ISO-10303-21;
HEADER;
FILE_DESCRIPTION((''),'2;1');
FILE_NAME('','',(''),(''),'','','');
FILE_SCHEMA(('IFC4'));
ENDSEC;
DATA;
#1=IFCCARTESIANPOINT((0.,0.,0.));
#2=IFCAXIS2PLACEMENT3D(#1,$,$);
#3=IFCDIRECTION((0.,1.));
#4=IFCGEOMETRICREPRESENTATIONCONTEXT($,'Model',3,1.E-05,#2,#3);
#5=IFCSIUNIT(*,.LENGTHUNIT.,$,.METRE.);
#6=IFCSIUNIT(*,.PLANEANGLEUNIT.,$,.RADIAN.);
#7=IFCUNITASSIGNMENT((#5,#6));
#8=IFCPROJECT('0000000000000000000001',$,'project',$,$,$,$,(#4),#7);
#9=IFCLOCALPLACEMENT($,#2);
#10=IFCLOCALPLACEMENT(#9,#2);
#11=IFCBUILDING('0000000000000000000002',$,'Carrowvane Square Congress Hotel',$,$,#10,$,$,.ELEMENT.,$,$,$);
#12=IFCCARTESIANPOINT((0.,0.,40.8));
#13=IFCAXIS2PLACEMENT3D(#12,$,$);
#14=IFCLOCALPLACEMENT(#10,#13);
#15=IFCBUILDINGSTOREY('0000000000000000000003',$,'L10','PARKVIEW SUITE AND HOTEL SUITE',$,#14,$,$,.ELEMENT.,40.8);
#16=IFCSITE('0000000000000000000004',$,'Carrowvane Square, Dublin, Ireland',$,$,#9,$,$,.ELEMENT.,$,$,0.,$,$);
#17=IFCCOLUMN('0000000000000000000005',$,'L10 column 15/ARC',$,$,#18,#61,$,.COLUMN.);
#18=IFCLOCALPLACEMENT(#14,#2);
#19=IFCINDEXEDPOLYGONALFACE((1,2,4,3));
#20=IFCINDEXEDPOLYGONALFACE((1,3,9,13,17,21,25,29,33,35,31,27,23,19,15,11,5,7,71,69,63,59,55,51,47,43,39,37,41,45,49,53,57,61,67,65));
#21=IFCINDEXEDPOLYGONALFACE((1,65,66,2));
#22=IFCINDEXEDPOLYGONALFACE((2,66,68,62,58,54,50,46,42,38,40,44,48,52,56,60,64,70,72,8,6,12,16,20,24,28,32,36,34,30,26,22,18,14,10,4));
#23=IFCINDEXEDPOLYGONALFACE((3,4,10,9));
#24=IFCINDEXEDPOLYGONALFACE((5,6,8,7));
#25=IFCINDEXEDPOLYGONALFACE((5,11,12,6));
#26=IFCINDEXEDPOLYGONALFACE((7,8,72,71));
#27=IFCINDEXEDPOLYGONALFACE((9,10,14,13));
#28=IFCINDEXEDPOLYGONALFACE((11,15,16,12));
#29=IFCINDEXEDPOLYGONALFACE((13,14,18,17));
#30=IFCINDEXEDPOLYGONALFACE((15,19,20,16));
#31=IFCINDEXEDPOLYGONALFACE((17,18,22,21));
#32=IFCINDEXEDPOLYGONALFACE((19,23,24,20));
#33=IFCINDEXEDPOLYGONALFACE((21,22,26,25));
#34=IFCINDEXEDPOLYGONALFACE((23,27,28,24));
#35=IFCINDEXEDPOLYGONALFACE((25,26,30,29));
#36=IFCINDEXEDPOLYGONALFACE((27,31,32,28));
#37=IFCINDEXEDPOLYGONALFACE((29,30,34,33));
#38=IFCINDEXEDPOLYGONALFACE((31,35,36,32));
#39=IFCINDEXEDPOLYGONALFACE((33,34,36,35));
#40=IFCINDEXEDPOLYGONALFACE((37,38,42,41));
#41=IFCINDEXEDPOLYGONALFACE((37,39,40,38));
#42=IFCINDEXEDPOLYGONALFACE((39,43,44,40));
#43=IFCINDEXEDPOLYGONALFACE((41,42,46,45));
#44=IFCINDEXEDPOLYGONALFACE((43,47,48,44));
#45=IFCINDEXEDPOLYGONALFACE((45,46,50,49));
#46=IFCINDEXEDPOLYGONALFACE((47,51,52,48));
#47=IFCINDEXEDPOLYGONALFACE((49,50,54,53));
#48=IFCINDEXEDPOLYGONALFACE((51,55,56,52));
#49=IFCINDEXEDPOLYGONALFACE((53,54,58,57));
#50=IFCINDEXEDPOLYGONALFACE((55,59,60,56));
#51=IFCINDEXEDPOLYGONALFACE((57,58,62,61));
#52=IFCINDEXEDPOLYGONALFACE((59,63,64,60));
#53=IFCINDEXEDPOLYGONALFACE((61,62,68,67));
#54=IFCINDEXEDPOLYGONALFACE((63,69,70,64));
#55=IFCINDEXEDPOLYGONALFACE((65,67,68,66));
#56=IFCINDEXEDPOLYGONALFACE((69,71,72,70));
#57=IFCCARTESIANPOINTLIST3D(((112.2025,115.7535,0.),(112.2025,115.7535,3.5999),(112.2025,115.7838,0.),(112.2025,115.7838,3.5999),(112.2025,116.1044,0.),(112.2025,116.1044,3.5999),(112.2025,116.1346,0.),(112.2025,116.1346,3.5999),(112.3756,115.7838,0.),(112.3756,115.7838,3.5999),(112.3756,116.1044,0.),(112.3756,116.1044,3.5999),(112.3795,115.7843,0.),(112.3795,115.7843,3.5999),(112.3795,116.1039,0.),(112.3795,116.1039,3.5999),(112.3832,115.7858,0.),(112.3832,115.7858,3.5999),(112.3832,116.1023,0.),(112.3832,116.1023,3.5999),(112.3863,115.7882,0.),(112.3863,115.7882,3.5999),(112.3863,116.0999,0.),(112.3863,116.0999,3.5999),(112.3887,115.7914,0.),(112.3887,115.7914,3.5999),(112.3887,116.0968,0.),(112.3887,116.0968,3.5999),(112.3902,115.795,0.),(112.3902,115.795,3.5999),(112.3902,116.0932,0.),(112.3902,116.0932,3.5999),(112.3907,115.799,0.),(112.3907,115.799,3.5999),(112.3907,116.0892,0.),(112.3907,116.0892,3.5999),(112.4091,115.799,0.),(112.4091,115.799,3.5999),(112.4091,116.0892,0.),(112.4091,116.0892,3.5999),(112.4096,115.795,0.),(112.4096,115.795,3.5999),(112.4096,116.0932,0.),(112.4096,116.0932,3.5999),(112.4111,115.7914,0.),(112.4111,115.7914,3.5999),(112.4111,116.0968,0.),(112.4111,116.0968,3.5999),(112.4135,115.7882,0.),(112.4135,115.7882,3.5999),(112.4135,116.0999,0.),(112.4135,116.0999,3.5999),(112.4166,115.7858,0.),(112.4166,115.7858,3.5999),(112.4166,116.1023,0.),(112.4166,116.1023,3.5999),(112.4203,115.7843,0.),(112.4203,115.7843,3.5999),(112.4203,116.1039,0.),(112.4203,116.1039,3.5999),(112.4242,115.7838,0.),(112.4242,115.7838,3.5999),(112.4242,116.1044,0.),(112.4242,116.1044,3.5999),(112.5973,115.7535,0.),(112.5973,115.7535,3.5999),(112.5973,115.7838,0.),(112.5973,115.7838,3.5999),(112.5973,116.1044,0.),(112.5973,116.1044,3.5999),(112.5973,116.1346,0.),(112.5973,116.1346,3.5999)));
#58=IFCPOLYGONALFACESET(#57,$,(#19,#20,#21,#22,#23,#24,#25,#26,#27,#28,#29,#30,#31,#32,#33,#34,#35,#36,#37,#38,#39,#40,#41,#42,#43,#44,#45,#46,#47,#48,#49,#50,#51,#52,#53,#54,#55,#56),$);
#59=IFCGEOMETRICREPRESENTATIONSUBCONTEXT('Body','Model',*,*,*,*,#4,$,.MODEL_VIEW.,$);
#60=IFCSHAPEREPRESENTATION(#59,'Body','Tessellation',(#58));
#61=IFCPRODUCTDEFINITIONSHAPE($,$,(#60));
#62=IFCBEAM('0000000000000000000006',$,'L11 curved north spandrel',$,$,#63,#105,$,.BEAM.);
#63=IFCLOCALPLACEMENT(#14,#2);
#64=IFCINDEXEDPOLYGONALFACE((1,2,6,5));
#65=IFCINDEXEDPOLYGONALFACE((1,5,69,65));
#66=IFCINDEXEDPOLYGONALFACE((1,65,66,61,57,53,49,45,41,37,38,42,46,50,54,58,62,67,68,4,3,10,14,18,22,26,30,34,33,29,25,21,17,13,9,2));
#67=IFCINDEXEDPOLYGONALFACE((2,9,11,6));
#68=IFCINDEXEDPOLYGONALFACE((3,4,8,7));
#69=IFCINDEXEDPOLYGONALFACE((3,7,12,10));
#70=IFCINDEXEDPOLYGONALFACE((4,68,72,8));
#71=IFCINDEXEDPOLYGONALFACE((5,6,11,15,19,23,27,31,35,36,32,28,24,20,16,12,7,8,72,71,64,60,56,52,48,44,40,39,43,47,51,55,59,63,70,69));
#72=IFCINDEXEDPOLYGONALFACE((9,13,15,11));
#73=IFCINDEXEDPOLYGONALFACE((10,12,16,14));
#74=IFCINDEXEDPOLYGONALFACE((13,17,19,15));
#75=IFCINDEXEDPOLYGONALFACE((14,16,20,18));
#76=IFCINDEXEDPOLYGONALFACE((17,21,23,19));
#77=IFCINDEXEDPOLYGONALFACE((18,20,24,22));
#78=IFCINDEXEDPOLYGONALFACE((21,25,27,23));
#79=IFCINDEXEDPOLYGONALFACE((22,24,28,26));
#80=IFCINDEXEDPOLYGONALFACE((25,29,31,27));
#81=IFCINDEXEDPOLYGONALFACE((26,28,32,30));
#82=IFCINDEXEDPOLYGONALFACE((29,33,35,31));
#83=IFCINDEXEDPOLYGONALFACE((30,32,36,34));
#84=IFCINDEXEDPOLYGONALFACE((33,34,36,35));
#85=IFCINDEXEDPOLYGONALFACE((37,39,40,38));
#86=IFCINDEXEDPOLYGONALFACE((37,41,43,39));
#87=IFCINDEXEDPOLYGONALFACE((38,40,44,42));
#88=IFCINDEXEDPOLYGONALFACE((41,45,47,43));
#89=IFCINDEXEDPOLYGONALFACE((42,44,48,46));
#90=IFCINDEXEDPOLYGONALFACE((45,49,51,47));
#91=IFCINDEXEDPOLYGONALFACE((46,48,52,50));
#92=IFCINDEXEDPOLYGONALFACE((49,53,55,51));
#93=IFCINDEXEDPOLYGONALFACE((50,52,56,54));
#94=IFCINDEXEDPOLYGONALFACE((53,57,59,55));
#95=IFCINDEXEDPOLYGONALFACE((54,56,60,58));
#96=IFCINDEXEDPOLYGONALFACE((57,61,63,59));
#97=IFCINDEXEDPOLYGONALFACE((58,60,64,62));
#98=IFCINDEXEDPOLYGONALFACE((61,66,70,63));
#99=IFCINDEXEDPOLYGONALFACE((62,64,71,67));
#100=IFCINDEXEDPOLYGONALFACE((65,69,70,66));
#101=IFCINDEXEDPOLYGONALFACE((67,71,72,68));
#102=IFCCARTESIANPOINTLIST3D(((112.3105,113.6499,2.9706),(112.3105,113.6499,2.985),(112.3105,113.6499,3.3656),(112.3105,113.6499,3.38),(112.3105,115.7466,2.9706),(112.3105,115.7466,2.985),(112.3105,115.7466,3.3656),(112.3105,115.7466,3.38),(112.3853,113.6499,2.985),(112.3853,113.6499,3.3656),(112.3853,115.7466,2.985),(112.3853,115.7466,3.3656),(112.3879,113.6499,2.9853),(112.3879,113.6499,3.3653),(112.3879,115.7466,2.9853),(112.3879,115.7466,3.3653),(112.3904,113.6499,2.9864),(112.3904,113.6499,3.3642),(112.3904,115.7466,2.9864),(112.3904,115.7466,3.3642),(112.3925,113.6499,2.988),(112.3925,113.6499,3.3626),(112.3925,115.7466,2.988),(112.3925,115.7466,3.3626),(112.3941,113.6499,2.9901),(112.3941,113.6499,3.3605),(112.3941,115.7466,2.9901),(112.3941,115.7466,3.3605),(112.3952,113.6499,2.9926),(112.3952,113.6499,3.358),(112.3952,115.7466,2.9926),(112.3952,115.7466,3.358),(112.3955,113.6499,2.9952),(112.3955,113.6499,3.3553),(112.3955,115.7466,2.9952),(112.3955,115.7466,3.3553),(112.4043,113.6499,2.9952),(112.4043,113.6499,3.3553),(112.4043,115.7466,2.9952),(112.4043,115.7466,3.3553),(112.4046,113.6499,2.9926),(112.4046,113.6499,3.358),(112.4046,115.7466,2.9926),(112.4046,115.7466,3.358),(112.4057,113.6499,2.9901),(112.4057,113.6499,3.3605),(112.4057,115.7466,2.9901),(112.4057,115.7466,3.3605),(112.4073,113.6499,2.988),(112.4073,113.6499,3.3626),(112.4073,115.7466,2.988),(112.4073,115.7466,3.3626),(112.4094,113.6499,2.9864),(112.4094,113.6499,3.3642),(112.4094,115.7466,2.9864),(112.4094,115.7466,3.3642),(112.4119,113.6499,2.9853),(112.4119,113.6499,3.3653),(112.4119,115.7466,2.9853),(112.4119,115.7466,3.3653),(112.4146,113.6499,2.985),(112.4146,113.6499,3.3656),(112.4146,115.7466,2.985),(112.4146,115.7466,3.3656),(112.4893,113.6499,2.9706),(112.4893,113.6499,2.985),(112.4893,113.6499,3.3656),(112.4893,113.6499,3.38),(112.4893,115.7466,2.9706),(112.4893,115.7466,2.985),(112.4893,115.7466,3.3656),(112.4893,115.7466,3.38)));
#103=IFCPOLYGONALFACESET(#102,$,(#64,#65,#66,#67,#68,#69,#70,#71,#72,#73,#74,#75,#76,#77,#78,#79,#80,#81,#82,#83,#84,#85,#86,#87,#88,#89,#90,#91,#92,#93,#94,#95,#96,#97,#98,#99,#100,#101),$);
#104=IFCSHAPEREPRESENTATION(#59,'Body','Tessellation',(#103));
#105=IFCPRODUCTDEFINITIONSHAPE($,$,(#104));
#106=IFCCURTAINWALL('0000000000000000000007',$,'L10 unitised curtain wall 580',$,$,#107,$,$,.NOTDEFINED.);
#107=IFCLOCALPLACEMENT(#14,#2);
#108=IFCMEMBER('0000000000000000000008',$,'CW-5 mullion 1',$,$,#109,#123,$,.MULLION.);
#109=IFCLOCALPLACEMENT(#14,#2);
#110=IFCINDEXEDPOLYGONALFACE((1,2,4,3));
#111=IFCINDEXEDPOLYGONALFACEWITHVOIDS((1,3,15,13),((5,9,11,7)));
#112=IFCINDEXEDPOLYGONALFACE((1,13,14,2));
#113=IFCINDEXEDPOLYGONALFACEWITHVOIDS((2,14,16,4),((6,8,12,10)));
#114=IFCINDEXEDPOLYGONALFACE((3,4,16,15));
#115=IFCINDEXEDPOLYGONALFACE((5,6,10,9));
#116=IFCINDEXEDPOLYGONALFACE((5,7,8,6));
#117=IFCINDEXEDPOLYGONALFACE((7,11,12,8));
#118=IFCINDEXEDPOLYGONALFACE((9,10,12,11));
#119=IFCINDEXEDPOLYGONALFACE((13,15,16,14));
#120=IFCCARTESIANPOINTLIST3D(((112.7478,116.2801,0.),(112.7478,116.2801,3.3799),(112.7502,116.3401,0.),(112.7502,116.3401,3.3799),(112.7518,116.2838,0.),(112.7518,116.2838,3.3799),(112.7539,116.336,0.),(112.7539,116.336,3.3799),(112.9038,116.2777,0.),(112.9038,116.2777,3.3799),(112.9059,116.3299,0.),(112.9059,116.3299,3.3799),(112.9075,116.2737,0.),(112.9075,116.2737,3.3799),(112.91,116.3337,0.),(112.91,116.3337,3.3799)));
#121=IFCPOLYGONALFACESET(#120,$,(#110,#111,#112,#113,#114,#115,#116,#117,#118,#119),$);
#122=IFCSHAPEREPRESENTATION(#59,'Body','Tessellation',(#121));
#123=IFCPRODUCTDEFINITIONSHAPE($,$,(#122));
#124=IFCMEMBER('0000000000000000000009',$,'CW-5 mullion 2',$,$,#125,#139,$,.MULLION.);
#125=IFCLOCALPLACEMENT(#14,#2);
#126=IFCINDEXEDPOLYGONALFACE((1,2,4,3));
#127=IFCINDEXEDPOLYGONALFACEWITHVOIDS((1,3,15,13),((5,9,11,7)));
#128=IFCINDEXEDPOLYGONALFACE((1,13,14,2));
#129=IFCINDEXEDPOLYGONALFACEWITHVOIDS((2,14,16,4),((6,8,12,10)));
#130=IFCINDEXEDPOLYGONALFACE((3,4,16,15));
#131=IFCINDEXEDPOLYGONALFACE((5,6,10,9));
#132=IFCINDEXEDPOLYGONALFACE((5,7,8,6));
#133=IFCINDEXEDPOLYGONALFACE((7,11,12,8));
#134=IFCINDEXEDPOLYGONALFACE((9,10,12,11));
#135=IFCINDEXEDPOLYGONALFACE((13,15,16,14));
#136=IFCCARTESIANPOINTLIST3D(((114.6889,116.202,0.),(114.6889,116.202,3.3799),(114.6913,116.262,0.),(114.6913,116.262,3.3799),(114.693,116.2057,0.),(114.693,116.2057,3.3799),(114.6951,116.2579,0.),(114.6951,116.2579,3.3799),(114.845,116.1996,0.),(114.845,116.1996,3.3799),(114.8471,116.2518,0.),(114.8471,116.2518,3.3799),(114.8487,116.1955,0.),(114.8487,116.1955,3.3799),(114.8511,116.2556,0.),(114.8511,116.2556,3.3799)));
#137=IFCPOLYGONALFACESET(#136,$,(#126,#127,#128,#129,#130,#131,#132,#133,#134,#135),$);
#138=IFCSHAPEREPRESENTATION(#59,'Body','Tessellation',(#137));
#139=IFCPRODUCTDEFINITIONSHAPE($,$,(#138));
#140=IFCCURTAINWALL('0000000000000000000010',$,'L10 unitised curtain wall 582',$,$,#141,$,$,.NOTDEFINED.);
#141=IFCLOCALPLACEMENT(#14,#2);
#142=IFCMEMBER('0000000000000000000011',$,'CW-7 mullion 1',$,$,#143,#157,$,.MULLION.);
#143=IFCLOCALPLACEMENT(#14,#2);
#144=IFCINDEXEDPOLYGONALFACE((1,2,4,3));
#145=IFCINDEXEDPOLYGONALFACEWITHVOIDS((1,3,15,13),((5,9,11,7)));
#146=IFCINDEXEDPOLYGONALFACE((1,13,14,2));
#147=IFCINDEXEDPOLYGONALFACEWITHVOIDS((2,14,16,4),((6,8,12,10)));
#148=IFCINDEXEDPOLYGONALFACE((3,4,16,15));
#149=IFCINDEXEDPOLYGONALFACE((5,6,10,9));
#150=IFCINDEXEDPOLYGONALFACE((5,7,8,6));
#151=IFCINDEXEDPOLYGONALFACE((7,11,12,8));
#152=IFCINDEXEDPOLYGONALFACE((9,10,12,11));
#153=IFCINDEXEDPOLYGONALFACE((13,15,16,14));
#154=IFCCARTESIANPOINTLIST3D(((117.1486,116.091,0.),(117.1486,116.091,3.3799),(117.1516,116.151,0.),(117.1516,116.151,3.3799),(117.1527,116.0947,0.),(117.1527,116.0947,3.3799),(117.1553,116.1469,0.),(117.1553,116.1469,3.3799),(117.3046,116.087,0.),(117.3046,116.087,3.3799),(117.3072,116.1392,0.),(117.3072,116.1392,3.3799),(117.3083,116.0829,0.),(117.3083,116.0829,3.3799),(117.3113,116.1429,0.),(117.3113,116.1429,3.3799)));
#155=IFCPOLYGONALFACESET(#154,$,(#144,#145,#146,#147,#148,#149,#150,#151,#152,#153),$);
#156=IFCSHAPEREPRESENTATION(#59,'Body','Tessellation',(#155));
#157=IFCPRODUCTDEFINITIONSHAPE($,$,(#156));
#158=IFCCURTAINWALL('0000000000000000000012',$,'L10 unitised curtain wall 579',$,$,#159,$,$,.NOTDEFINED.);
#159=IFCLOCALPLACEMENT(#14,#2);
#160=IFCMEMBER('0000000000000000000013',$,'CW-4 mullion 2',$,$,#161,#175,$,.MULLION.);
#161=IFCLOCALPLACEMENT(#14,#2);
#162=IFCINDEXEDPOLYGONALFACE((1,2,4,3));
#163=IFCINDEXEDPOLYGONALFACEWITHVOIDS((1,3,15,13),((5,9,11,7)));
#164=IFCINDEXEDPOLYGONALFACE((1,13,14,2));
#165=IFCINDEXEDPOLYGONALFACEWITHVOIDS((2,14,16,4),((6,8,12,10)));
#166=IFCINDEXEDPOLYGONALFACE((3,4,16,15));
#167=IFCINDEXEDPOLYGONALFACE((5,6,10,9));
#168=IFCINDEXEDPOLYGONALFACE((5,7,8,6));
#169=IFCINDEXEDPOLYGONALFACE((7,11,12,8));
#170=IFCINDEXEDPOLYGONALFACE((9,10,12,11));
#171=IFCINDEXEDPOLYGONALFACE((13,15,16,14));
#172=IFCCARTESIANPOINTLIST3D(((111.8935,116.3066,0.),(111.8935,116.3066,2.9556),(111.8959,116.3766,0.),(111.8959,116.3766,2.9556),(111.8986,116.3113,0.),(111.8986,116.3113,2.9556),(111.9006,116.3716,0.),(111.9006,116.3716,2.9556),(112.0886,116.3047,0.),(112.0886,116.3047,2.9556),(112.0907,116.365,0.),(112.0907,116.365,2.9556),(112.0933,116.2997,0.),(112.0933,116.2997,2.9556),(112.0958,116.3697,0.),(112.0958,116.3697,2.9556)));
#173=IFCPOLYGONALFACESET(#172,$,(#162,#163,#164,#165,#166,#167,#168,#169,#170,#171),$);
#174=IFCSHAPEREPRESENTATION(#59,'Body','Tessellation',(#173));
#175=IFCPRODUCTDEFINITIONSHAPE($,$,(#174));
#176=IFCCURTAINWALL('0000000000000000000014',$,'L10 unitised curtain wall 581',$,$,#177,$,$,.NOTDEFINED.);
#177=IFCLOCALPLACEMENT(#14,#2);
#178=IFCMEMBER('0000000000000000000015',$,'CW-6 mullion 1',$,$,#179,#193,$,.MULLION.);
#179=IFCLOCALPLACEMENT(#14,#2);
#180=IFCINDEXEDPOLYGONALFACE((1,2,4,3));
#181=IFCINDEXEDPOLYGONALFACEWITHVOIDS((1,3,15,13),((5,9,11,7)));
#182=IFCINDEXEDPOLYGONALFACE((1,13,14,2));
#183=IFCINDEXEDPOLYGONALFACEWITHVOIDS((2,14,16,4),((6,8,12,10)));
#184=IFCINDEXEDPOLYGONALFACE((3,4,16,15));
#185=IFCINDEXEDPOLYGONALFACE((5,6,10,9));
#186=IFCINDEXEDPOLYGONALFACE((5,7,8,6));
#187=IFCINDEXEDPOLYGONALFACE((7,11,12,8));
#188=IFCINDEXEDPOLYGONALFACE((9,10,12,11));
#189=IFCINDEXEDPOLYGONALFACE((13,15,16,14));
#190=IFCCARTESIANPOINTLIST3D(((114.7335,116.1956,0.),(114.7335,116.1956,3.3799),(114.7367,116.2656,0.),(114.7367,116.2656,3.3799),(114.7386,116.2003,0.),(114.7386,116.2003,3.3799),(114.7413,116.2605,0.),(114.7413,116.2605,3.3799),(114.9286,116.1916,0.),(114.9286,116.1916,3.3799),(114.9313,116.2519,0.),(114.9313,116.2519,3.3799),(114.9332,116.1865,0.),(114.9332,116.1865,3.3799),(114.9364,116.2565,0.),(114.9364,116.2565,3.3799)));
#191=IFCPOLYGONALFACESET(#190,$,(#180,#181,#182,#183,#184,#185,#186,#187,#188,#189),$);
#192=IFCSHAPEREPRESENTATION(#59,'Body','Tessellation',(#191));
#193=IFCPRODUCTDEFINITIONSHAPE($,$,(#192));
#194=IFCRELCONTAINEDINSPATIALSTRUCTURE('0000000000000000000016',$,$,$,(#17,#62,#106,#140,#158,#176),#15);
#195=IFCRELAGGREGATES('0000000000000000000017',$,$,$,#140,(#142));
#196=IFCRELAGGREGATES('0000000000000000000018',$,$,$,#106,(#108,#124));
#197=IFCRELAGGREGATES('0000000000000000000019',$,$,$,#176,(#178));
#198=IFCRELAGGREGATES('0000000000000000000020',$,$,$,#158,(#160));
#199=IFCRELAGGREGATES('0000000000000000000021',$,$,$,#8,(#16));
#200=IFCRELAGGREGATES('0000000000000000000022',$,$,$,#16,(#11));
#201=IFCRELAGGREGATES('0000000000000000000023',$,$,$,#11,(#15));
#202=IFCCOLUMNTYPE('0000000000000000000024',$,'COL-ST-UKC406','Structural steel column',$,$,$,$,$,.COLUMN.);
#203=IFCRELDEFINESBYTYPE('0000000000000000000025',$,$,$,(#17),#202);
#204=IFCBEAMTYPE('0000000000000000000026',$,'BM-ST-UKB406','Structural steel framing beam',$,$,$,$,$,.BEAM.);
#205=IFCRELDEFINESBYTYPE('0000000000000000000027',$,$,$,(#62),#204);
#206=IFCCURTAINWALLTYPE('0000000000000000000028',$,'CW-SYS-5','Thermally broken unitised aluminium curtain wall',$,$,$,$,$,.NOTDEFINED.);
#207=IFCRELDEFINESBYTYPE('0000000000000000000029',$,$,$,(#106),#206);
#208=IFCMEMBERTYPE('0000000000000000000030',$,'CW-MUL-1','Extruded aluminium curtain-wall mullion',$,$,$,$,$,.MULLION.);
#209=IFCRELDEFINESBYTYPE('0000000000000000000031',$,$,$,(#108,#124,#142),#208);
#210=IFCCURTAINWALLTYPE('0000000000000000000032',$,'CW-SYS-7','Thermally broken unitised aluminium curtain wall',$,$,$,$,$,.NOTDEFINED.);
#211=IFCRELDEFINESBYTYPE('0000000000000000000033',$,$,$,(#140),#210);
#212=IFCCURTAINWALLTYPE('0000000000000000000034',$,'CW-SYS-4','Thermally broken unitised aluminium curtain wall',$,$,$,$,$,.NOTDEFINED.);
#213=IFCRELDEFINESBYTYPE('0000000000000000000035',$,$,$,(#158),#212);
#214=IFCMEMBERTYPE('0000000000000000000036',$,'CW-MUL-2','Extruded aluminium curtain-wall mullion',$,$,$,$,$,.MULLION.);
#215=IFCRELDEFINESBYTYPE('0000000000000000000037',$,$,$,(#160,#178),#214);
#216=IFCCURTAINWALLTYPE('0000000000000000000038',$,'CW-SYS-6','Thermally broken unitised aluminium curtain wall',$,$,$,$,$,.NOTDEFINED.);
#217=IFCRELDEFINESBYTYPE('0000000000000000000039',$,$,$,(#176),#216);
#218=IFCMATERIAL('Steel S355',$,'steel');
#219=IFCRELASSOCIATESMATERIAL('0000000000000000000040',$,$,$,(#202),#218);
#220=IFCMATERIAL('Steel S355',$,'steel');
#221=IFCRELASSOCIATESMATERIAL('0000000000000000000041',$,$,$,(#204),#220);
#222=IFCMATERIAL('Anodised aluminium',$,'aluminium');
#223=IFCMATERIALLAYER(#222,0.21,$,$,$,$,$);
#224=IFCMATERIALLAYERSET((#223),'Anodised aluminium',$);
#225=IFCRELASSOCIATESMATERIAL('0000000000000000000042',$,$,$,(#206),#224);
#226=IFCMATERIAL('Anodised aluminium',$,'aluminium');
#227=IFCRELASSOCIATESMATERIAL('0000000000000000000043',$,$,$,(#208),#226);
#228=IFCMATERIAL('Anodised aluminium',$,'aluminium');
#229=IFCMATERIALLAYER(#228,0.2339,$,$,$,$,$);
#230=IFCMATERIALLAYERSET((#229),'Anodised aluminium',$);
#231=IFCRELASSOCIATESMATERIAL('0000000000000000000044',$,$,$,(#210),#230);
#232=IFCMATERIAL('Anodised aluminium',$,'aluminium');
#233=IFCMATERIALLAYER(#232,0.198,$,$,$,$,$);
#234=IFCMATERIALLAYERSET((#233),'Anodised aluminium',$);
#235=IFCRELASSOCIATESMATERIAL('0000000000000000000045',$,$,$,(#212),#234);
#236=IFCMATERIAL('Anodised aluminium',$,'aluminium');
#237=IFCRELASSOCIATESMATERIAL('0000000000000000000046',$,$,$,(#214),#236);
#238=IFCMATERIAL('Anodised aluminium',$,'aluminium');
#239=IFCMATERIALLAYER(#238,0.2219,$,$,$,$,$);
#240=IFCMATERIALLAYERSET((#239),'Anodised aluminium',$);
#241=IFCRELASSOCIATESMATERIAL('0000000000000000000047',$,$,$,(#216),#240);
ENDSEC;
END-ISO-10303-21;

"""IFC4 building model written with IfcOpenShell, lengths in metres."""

from ifc_helpers import new_model, si_unit, direction, frame, origin, origin_2d, place, context, subcontext, project, spatial, hollow_rectangle, i_section, extrude, material, layer, layer_set, material_profile, profile_set, type_object, element, aggregate, save


model = new_model("IFC4")

# Units and contexts
model_context = context("Model", 3, precision=1e-05, world=origin(), true_north=direction((0.0, 1.0)))
body_context = subcontext(model_context, "Body", "Model", "MODEL_VIEW")
ifc_project = project(units=[si_unit("LENGTHUNIT", "METRE"), si_unit("PLANEANGLEUNIT", "RADIAN")], contexts=[model_context])

# Site, building, storey
site_placement = place(None, origin())
site = spatial("IfcSite", under=ifc_project, at=site_placement, Name="Carrowvane Square, Dublin, Ireland", CompositionType="ELEMENT", RefElevation=0.0)
building_placement = place(site_placement, origin())
building = spatial("IfcBuilding", under=site, at=building_placement, Name="Carrowvane Square Congress Hotel", CompositionType="ELEMENT")
storey_placement = place(building_placement, frame((0.0, 0.0, 40.8)))
storey = spatial("IfcBuildingStorey", under=building, at=storey_placement, Name="L10", Description="PARKVIEW SUITE AND HOTEL SUITE", CompositionType="ELEMENT", Elevation=40.8)

# Column
ifc_material_1 = material(Name="Steel S355", Category="steel")
ifc_material_profile_1 = material_profile(ifc_material_1, i_section(OverallWidth=0.3948, OverallDepth=0.3811, WebThickness=0.0183, FlangeThickness=0.0303, FilletRadius=0.0151, at=origin_2d()), Name="UKC 356x406x235")
ifc_profile_set_1 = profile_set([ifc_material_profile_1], Name="Steel S355")
column_type = type_object("IfcColumnType", Name="COL-ST-UKC406", Description="Structural steel column", PredefinedType="COLUMN", material=ifc_profile_set_1)
column_placement = place(storey_placement, frame((112.3999, 115.9441, 0.0), z_axis=(0.0, 0.0, 1.0), x_axis=(1.0, 0.0, 0.0)))
element("IfcColumn", 1, at=column_placement, inside=storey, type_object=column_type, Name="L10 column 15/ARC", PredefinedType="COLUMN", context=body_context, shape_type="SweptSolid", body=[
    extrude(i_section(OverallWidth=0.3948, OverallDepth=0.3811, WebThickness=0.0183, FlangeThickness=0.0303, FilletRadius=0.0151, at=origin_2d()), origin(), (0.0, 0.0, 1.0), 3.5999),
])

# Beam
ifc_material_2 = material(Name="Steel S355", Category="steel")
ifc_material_profile_2 = material_profile(ifc_material_2, i_section(OverallWidth=0.1787, OverallDepth=0.4094, WebThickness=0.0088, FlangeThickness=0.0144, FilletRadius=0.0103, at=origin_2d()), Name="UKB 406x178x67")
ifc_profile_set_2 = profile_set([ifc_material_profile_2], Name="Steel S355")
beam_type = type_object("IfcBeamType", Name="BM-ST-UKB406", Description="Structural steel framing beam", PredefinedType="BEAM", material=ifc_profile_set_2)
beam_placement = place(storey_placement, frame((112.3999, 115.7466, 3.1753), z_axis=(0.0, -1.0, 0.0), x_axis=(1.0, 0.0, 0.0)))
element("IfcBeam", 2, at=beam_placement, inside=storey, type_object=beam_type, Name="L11 curved north spandrel", PredefinedType="BEAM", context=body_context, shape_type="SweptSolid", body=[
    extrude(i_section(OverallWidth=0.1787, OverallDepth=0.4094, WebThickness=0.0088, FlangeThickness=0.0144, FilletRadius=0.0103, at=origin_2d()), origin(), (0.0, 0.0, 1.0), 2.0967),
])

# Curtain wall, members
ifc_material_3 = material(Name="Anodised aluminium", Category="aluminium")
ifc_layer_1 = layer(ifc_material_3, 0.21)
ifc_layer_set_1 = layer_set([ifc_layer_1], Name="Anodised aluminium")
curtain_wall_type_1 = type_object("IfcCurtainWallType", Name="CW-SYS-5", Description="Thermally broken unitised aluminium curtain wall", PredefinedType="NOTDEFINED", material=ifc_layer_set_1)
curtain_wall_1_placement = place(storey_placement, origin())
curtain_wall_1 = element("IfcCurtainWall", 3, at=curtain_wall_1_placement, inside=storey, type_object=curtain_wall_type_1, Name="L10 unitised curtain wall 580", PredefinedType="NOTDEFINED")
ifc_material_4 = material(Name="Anodised aluminium", Category="aluminium")
ifc_material_profile_3 = material_profile(ifc_material_4, hollow_rectangle(XDim=0.0601, YDim=0.1599, WallThickness=0.0039, at=origin_2d()), Name="CW-ML 60x160x4")
ifc_profile_set_3 = profile_set([ifc_material_profile_3], Name="Anodised aluminium")
member_type_1 = type_object("IfcMemberType", Name="CW-MUL-1", Description="Extruded aluminium curtain-wall mullion", PredefinedType="MULLION", material=ifc_profile_set_3)
member_1_placement = place(storey_placement, frame((112.8289, 116.3069, 0.0), z_axis=(0.0, 0.0, 1.0), x_axis=(0.040131, 0.999194, 0.0)))
member_1 = element("IfcMember", 4, at=member_1_placement, type_object=member_type_1, Name="CW-5 mullion 1", PredefinedType="MULLION", context=body_context, shape_type="SweptSolid", body=[
    extrude(hollow_rectangle(XDim=0.0601, YDim=0.1599, WallThickness=0.0039, at=origin_2d()), origin(), (0.0, 0.0, 1.0), 3.3799),
])
member_2_placement = place(storey_placement, frame((114.77, 116.2288, 0.0), z_axis=(0.0, 0.0, 1.0), x_axis=(0.040131, 0.999194, 0.0)))
member_2 = element("IfcMember", 5, at=member_2_placement, type_object=member_type_1, Name="CW-5 mullion 2", PredefinedType="MULLION", context=body_context, shape_type="SweptSolid", body=[
    extrude(hollow_rectangle(XDim=0.0601, YDim=0.1599, WallThickness=0.0039, at=origin_2d()), origin(), (0.0, 0.0, 1.0), 3.3799),
])

# Curtain walls, members
ifc_material_5 = material(Name="Anodised aluminium", Category="aluminium")
ifc_layer_2 = layer(ifc_material_5, 0.2339)
ifc_layer_set_2 = layer_set([ifc_layer_2], Name="Anodised aluminium")
curtain_wall_type_2 = type_object("IfcCurtainWallType", Name="CW-SYS-7", Description="Thermally broken unitised aluminium curtain wall", PredefinedType="NOTDEFINED", material=ifc_layer_set_2)
curtain_wall_2_placement = place(storey_placement, origin())
curtain_wall_2 = element("IfcCurtainWall", 6, at=curtain_wall_2_placement, inside=storey, type_object=curtain_wall_type_2, Name="L10 unitised curtain wall 582", PredefinedType="NOTDEFINED")
member_3_placement = place(storey_placement, frame((117.23, 116.1169, 0.0), z_axis=(0.0, 0.0, 1.0), x_axis=(0.050324, 0.998733, 0.0)))
member_3 = element("IfcMember", 7, at=member_3_placement, type_object=member_type_1, Name="CW-7 mullion 1", PredefinedType="MULLION", context=body_context, shape_type="SweptSolid", body=[
    extrude(hollow_rectangle(XDim=0.0601, YDim=0.1599, WallThickness=0.0039, at=origin_2d()), origin(), (0.0, 0.0, 1.0), 3.3799),
])
aggregate(curtain_wall_2, [member_3])
ifc_material_6 = material(Name="Anodised aluminium", Category="aluminium")
ifc_layer_3 = layer(ifc_material_6, 0.198)
ifc_layer_set_3 = layer_set([ifc_layer_3], Name="Anodised aluminium")
curtain_wall_type_3 = type_object("IfcCurtainWallType", Name="CW-SYS-4", Description="Thermally broken unitised aluminium curtain wall", PredefinedType="NOTDEFINED", material=ifc_layer_set_3)
curtain_wall_3_placement = place(storey_placement, origin())
curtain_wall_3 = element("IfcCurtainWall", 8, at=curtain_wall_3_placement, inside=storey, type_object=curtain_wall_type_3, Name="L10 unitised curtain wall 579", PredefinedType="NOTDEFINED")
ifc_material_7 = material(Name="Anodised aluminium", Category="aluminium")
ifc_material_profile_4 = material_profile(ifc_material_7, hollow_rectangle(XDim=0.0701, YDim=0.2, WallThickness=0.0049, at=origin_2d()), Name="CW-ML 70x200x5")
ifc_profile_set_4 = profile_set([ifc_material_profile_4], Name="Anodised aluminium")
member_type_2 = type_object("IfcMemberType", Name="CW-MUL-2", Description="Extruded aluminium curtain-wall mullion", PredefinedType="MULLION", material=ifc_profile_set_4)
member_4_placement = place(storey_placement, frame((111.9946, 116.3381, 0.0), z_axis=(0.0, 0.0, 1.0), x_axis=(0.03453, 0.999404, 0.0)))
member_4 = element("IfcMember", 9, at=member_4_placement, type_object=member_type_2, Name="CW-4 mullion 2", PredefinedType="MULLION", context=body_context, shape_type="SweptSolid", body=[
    extrude(hollow_rectangle(XDim=0.0701, YDim=0.2, WallThickness=0.0049, at=origin_2d()), origin(), (0.0, 0.0, 1.0), 2.9556),
])

# Curtain wall, member
ifc_material_8 = material(Name="Anodised aluminium", Category="aluminium")
ifc_layer_4 = layer(ifc_material_8, 0.2219)
ifc_layer_set_4 = layer_set([ifc_layer_4], Name="Anodised aluminium")
curtain_wall_type_4 = type_object("IfcCurtainWallType", Name="CW-SYS-6", Description="Thermally broken unitised aluminium curtain wall", PredefinedType="NOTDEFINED", material=ifc_layer_set_4)
curtain_wall_4_placement = place(storey_placement, origin())
curtain_wall_4 = element("IfcCurtainWall", 10, at=curtain_wall_4_placement, inside=storey, type_object=curtain_wall_type_4, Name="L10 unitised curtain wall 581", PredefinedType="NOTDEFINED")
member_5_placement = place(storey_placement, frame((114.835, 116.2261, 0.0), z_axis=(0.0, 0.0, 1.0), x_axis=(0.045411, 0.998968, 0.0)))
member_5 = element("IfcMember", 11, at=member_5_placement, type_object=member_type_2, Name="CW-6 mullion 1", PredefinedType="MULLION", context=body_context, shape_type="SweptSolid", body=[
    extrude(hollow_rectangle(XDim=0.0701, YDim=0.2, WallThickness=0.0049, at=origin_2d()), origin(), (0.0, 0.0, 1.0), 3.3799),
])

aggregate(curtain_wall_1, [member_1, member_2])
aggregate(curtain_wall_4, [member_5])
aggregate(curtain_wall_3, [member_4])

save(model, "model.ifc")
